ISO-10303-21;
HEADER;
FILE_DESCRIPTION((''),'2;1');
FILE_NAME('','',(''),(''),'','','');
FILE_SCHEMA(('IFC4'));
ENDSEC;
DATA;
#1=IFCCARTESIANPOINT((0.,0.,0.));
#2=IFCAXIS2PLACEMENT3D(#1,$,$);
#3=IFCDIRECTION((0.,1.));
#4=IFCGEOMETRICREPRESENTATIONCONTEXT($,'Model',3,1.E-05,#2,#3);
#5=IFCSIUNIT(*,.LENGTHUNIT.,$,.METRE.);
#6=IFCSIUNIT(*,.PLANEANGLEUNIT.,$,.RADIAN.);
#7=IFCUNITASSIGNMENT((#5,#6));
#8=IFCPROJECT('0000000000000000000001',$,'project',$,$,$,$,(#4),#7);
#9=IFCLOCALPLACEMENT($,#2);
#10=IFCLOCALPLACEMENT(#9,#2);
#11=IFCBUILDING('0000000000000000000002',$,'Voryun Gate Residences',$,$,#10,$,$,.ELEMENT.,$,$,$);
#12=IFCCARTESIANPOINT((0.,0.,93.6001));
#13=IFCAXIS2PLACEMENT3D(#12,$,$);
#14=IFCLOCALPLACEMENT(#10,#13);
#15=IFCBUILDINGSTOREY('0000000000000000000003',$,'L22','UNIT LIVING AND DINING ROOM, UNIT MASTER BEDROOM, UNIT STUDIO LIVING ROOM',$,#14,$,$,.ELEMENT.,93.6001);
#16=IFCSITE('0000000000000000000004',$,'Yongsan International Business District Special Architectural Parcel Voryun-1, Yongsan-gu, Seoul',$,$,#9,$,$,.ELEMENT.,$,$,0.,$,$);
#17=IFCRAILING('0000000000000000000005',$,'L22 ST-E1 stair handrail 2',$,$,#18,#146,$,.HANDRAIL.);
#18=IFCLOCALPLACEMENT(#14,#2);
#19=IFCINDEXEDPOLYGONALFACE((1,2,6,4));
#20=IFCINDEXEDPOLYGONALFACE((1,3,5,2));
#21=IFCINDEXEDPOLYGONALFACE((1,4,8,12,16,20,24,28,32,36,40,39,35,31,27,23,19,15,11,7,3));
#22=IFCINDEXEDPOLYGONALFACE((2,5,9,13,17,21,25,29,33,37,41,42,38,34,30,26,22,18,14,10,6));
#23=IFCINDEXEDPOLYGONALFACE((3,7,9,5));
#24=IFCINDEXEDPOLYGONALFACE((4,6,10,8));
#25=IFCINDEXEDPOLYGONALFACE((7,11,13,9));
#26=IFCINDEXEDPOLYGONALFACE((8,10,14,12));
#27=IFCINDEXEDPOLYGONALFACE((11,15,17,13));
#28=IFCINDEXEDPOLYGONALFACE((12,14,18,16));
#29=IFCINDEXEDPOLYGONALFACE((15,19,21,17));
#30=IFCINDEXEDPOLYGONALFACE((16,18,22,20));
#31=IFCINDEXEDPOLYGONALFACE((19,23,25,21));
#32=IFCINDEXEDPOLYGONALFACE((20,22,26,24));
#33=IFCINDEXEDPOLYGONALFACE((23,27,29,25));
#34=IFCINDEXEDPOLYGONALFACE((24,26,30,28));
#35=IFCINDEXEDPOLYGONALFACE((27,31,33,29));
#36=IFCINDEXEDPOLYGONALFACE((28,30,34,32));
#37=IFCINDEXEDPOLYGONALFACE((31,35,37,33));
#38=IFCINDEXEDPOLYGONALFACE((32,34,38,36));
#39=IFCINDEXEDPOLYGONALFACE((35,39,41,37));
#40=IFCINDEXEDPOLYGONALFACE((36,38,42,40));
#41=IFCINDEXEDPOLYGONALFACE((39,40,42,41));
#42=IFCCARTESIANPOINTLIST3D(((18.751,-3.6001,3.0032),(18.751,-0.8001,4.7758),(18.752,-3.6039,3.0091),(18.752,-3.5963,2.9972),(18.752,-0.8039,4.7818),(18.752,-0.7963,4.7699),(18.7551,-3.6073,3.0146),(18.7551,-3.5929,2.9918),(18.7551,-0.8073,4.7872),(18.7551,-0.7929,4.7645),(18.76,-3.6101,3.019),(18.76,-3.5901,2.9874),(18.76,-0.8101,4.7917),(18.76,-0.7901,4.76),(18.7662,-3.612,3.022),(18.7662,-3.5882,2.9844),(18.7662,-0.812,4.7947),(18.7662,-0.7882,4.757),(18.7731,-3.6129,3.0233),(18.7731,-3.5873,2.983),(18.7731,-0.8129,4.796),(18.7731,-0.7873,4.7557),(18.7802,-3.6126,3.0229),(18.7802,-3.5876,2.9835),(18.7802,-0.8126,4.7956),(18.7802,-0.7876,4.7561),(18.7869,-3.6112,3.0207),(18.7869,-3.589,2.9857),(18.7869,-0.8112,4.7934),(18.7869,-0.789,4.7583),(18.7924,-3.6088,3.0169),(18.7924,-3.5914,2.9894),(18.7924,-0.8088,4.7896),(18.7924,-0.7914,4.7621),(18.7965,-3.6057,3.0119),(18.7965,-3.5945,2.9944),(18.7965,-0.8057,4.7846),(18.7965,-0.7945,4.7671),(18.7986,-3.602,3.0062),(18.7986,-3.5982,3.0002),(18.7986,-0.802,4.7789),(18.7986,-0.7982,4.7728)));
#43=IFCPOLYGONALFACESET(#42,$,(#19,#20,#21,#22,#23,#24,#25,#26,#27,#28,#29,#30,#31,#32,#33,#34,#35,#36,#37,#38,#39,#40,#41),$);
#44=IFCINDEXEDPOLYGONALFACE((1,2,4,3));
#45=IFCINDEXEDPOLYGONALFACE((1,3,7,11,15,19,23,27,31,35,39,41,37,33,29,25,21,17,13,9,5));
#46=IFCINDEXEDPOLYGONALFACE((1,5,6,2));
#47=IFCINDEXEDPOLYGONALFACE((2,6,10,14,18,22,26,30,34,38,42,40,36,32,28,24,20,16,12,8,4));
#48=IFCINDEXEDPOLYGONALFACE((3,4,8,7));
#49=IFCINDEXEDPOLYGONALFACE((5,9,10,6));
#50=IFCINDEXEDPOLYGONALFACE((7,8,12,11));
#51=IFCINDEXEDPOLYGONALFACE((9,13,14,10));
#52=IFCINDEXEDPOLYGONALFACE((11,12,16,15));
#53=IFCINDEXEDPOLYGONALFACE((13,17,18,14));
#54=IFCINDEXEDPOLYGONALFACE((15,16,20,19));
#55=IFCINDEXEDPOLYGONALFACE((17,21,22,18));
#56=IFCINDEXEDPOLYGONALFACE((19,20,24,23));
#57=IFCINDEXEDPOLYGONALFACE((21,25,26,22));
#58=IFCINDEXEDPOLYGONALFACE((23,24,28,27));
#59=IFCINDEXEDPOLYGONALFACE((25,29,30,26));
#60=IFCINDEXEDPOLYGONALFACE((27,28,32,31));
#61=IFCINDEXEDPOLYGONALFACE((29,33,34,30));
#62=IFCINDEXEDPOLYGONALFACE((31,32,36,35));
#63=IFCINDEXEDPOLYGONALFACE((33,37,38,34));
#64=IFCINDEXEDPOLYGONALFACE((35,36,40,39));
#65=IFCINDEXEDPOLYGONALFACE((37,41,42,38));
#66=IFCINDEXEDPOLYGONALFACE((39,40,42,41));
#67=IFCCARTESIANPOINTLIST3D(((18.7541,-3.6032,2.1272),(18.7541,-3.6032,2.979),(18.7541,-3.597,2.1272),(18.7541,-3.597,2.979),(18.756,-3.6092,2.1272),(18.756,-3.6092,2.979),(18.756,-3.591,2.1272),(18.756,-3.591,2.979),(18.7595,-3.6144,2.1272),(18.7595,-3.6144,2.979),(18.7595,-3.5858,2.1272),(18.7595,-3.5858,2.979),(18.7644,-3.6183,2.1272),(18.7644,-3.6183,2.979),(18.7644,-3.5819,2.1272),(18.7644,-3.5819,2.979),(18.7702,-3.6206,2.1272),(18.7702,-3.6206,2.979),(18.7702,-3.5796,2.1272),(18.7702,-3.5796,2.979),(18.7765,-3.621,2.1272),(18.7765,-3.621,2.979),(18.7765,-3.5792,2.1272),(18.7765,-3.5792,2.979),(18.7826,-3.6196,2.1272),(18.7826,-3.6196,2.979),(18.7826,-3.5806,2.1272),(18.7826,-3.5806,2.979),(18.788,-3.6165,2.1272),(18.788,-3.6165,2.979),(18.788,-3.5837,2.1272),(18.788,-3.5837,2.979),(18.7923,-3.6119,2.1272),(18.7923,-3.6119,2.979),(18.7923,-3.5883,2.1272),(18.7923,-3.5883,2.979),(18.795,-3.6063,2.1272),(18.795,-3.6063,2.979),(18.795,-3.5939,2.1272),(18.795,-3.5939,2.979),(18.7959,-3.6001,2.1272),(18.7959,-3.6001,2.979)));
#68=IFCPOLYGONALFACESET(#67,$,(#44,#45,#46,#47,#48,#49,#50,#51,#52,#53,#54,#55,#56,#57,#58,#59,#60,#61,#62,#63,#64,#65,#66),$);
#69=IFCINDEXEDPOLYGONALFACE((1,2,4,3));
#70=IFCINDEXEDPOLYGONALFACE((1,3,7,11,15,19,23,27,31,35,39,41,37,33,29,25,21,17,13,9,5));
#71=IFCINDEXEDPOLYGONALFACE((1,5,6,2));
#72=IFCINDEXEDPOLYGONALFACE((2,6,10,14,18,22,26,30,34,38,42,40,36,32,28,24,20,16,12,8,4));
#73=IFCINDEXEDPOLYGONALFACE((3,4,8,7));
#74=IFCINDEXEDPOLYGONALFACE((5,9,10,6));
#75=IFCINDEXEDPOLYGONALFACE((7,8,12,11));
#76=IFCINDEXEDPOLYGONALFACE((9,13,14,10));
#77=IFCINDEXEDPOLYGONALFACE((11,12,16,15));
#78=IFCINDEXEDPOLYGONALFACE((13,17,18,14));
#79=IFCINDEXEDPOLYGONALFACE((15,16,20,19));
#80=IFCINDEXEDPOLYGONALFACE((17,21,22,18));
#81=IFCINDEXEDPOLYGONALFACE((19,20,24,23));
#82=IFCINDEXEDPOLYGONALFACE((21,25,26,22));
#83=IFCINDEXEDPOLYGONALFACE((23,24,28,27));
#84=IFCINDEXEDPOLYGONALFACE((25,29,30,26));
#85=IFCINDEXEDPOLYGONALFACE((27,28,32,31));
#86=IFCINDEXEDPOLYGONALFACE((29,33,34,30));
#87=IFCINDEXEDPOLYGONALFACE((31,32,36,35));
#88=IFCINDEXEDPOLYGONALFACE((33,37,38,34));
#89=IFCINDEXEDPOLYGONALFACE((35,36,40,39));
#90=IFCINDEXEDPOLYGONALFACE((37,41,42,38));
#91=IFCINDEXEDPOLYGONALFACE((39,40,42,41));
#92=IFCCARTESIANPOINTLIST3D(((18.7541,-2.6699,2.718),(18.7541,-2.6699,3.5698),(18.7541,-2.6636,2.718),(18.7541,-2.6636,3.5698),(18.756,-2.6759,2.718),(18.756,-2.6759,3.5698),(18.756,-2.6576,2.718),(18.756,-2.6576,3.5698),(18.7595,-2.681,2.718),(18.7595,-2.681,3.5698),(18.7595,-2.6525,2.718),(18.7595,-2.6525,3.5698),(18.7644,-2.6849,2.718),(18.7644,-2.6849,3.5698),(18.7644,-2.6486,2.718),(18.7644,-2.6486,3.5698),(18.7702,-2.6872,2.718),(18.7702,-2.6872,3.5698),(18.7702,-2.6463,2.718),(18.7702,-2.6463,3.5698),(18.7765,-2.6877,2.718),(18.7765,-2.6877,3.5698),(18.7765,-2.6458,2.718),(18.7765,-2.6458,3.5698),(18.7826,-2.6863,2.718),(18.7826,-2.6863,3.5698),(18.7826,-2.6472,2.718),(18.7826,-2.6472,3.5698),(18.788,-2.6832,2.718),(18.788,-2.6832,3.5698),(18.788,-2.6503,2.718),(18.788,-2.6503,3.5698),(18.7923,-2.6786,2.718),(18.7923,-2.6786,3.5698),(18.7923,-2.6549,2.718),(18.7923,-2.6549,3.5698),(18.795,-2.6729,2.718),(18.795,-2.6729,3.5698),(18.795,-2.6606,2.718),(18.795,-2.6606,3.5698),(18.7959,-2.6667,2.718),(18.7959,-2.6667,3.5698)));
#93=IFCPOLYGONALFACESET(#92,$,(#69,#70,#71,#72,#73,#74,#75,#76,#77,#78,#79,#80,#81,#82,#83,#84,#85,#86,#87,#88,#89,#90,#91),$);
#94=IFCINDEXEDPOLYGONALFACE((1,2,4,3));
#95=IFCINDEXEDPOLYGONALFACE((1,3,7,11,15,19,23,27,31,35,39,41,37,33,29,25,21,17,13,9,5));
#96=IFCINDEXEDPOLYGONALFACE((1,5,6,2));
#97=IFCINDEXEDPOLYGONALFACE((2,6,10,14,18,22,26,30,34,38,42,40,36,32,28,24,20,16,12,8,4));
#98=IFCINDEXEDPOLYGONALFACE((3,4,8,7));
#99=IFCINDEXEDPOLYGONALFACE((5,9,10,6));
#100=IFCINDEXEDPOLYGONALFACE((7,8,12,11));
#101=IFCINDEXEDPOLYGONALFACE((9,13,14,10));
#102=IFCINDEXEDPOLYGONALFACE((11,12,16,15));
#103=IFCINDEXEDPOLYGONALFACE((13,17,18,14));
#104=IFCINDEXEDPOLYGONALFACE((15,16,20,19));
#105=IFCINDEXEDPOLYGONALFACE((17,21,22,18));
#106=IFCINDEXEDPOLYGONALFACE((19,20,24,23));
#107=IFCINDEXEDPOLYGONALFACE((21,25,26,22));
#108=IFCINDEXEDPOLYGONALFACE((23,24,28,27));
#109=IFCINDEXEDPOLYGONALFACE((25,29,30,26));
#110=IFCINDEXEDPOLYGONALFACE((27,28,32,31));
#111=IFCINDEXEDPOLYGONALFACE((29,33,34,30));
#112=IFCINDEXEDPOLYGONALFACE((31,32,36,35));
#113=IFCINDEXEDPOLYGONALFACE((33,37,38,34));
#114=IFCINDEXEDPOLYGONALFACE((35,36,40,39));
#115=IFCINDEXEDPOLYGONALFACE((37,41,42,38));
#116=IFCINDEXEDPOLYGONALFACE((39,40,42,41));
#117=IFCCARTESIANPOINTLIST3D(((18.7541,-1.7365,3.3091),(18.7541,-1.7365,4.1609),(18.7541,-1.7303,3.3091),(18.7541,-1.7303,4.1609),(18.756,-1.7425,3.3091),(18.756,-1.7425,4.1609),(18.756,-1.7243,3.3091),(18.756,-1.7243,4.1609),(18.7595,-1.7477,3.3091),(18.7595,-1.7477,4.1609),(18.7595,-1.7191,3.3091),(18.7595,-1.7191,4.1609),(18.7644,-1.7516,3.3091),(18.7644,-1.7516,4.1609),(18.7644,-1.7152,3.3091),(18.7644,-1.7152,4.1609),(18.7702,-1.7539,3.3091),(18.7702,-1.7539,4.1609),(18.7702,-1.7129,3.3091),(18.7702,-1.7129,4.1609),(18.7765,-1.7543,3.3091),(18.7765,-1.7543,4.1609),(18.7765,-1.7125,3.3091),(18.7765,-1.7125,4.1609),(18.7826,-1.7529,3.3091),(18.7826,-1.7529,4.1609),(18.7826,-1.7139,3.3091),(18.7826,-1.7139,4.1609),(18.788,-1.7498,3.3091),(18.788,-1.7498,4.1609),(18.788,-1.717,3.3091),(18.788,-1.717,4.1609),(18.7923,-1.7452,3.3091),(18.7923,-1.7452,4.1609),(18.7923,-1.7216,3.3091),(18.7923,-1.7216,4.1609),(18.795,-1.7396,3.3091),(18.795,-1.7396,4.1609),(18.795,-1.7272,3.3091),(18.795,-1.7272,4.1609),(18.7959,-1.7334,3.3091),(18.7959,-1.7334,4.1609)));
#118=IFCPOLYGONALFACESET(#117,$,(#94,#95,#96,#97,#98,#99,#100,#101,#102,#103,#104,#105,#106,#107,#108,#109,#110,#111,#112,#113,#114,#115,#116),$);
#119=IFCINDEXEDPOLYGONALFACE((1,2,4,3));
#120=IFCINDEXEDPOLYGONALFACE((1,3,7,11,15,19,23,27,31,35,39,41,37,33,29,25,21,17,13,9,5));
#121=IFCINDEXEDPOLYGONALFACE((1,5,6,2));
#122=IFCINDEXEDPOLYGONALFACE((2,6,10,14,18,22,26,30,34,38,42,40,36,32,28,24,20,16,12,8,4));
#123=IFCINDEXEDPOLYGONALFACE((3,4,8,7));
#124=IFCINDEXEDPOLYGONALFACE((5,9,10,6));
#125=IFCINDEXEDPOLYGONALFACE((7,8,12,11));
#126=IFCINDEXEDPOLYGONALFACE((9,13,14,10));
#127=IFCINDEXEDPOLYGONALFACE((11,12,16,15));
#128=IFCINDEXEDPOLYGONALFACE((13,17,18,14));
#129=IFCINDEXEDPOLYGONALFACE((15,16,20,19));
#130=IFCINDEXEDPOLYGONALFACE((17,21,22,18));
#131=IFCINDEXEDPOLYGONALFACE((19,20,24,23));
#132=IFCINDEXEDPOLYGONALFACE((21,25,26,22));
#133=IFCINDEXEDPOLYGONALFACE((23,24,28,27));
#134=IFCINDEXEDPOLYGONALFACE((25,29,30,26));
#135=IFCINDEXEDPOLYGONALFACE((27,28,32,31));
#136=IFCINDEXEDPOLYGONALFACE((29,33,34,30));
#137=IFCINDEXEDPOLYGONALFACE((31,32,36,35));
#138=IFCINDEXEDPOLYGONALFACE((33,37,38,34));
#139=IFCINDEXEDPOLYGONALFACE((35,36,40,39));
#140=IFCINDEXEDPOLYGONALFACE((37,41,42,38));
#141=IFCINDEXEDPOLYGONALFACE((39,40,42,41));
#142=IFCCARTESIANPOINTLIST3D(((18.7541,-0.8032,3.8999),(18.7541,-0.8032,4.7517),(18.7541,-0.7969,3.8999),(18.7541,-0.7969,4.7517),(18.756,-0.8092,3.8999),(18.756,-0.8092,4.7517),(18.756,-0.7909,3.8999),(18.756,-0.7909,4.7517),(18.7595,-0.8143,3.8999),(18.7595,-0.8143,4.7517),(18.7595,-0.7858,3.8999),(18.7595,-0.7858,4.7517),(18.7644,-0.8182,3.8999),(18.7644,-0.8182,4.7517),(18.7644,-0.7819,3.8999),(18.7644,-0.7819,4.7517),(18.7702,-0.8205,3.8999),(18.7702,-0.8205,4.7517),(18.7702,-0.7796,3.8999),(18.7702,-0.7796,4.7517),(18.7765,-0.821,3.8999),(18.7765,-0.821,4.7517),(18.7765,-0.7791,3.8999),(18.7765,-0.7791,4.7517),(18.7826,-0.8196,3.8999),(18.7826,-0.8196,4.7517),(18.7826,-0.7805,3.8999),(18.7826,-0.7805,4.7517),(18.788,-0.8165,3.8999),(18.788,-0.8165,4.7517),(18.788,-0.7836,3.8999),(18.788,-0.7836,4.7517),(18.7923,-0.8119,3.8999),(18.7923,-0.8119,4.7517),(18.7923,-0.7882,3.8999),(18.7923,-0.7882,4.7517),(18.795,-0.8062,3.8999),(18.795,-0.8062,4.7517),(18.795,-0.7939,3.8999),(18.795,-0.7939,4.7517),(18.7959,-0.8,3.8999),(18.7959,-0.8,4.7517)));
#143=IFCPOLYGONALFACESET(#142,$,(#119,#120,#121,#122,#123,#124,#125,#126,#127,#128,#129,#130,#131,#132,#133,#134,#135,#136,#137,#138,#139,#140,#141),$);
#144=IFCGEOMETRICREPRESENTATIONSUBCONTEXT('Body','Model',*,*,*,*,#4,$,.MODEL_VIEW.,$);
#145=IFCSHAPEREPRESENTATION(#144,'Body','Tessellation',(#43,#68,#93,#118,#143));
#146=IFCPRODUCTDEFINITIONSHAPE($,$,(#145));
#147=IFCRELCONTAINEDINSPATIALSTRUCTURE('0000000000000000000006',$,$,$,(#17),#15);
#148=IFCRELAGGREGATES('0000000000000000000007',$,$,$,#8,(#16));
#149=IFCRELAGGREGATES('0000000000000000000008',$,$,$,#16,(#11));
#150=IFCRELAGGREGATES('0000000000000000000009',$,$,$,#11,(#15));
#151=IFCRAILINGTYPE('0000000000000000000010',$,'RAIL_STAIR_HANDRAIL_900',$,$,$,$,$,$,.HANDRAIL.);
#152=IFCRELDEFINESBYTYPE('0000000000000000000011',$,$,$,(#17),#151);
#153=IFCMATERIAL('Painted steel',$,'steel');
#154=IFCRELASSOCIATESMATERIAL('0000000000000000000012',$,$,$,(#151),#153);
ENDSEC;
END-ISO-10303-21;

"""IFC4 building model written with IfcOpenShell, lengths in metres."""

from ifc_helpers import new_model, si_unit, direction, frame, origin, origin_2d, place, context, subcontext, project, spatial, circle, extrude, material, type_object, element, save


model = new_model("IFC4")

# Units and contexts
model_context = context("Model", 3, precision=1e-05, world=origin(), true_north=direction((0.0, 1.0)))
body_context = subcontext(model_context, "Body", "Model", "MODEL_VIEW")
ifc_project = project(units=[si_unit("LENGTHUNIT", "METRE"), si_unit("PLANEANGLEUNIT", "RADIAN")], contexts=[model_context])

# Site, building, storey
site_placement = place(None, origin())
site = spatial("IfcSite", under=ifc_project, at=site_placement, Name="Yongsan International Business District Special Architectural Parcel Voryun-1, Yongsan-gu, Seoul", CompositionType="ELEMENT", RefElevation=0.0)
building_placement = place(site_placement, origin())
building = spatial("IfcBuilding", under=site, at=building_placement, Name="Voryun Gate Residences", CompositionType="ELEMENT")
storey_placement = place(building_placement, frame((0.0, 0.0, 93.6001)))
storey = spatial("IfcBuildingStorey", under=building, at=storey_placement, Name="L22", Description="UNIT LIVING AND DINING ROOM, UNIT MASTER BEDROOM, UNIT STUDIO LIVING ROOM", CompositionType="ELEMENT", Elevation=93.6001)

# Railing
ifc_material_1 = material(Name="Painted steel", Category="steel")
railing_type_1 = type_object("IfcRailingType", Name="RAIL_STAIR_HANDRAIL_900", PredefinedType="HANDRAIL", material=ifc_material_1)
railing_1_placement = place(storey_placement, frame((18.7749, -3.6001, 2.1272)))
element("IfcRailing", 1, at=railing_1_placement, inside=storey, type_object=railing_type_1, Name="L22 ST-E1 stair handrail 2", PredefinedType="HANDRAIL", context=body_context, shape_type="SweptSolid", body=[
    extrude(circle(Radius=0.0239, at=origin_2d()), frame((0.0, 0.0, 0.876), z_axis=(0.0, 0.844909, 0.53491), x_axis=(-1.0, 0.0, 0.0)), (0.0, 0.0, 1.0), 3.314),
    extrude(circle(Radius=0.021, at=origin_2d()), origin(), (0.0, 0.0, 1.0), 0.8518),
    extrude(circle(Radius=0.021, at=origin_2d()), frame((0.0, 0.9333, 0.5908)), (0.0, 0.0, 1.0), 0.8518),
    extrude(circle(Radius=0.021, at=origin_2d()), frame((0.0, 1.8667, 1.1819)), (0.0, 0.0, 1.0), 0.8518),
    extrude(circle(Radius=0.021, at=origin_2d()), frame((0.0, 2.8, 1.7727)), (0.0, 0.0, 1.0), 0.8518),
])

save(model, "model.ifc")
